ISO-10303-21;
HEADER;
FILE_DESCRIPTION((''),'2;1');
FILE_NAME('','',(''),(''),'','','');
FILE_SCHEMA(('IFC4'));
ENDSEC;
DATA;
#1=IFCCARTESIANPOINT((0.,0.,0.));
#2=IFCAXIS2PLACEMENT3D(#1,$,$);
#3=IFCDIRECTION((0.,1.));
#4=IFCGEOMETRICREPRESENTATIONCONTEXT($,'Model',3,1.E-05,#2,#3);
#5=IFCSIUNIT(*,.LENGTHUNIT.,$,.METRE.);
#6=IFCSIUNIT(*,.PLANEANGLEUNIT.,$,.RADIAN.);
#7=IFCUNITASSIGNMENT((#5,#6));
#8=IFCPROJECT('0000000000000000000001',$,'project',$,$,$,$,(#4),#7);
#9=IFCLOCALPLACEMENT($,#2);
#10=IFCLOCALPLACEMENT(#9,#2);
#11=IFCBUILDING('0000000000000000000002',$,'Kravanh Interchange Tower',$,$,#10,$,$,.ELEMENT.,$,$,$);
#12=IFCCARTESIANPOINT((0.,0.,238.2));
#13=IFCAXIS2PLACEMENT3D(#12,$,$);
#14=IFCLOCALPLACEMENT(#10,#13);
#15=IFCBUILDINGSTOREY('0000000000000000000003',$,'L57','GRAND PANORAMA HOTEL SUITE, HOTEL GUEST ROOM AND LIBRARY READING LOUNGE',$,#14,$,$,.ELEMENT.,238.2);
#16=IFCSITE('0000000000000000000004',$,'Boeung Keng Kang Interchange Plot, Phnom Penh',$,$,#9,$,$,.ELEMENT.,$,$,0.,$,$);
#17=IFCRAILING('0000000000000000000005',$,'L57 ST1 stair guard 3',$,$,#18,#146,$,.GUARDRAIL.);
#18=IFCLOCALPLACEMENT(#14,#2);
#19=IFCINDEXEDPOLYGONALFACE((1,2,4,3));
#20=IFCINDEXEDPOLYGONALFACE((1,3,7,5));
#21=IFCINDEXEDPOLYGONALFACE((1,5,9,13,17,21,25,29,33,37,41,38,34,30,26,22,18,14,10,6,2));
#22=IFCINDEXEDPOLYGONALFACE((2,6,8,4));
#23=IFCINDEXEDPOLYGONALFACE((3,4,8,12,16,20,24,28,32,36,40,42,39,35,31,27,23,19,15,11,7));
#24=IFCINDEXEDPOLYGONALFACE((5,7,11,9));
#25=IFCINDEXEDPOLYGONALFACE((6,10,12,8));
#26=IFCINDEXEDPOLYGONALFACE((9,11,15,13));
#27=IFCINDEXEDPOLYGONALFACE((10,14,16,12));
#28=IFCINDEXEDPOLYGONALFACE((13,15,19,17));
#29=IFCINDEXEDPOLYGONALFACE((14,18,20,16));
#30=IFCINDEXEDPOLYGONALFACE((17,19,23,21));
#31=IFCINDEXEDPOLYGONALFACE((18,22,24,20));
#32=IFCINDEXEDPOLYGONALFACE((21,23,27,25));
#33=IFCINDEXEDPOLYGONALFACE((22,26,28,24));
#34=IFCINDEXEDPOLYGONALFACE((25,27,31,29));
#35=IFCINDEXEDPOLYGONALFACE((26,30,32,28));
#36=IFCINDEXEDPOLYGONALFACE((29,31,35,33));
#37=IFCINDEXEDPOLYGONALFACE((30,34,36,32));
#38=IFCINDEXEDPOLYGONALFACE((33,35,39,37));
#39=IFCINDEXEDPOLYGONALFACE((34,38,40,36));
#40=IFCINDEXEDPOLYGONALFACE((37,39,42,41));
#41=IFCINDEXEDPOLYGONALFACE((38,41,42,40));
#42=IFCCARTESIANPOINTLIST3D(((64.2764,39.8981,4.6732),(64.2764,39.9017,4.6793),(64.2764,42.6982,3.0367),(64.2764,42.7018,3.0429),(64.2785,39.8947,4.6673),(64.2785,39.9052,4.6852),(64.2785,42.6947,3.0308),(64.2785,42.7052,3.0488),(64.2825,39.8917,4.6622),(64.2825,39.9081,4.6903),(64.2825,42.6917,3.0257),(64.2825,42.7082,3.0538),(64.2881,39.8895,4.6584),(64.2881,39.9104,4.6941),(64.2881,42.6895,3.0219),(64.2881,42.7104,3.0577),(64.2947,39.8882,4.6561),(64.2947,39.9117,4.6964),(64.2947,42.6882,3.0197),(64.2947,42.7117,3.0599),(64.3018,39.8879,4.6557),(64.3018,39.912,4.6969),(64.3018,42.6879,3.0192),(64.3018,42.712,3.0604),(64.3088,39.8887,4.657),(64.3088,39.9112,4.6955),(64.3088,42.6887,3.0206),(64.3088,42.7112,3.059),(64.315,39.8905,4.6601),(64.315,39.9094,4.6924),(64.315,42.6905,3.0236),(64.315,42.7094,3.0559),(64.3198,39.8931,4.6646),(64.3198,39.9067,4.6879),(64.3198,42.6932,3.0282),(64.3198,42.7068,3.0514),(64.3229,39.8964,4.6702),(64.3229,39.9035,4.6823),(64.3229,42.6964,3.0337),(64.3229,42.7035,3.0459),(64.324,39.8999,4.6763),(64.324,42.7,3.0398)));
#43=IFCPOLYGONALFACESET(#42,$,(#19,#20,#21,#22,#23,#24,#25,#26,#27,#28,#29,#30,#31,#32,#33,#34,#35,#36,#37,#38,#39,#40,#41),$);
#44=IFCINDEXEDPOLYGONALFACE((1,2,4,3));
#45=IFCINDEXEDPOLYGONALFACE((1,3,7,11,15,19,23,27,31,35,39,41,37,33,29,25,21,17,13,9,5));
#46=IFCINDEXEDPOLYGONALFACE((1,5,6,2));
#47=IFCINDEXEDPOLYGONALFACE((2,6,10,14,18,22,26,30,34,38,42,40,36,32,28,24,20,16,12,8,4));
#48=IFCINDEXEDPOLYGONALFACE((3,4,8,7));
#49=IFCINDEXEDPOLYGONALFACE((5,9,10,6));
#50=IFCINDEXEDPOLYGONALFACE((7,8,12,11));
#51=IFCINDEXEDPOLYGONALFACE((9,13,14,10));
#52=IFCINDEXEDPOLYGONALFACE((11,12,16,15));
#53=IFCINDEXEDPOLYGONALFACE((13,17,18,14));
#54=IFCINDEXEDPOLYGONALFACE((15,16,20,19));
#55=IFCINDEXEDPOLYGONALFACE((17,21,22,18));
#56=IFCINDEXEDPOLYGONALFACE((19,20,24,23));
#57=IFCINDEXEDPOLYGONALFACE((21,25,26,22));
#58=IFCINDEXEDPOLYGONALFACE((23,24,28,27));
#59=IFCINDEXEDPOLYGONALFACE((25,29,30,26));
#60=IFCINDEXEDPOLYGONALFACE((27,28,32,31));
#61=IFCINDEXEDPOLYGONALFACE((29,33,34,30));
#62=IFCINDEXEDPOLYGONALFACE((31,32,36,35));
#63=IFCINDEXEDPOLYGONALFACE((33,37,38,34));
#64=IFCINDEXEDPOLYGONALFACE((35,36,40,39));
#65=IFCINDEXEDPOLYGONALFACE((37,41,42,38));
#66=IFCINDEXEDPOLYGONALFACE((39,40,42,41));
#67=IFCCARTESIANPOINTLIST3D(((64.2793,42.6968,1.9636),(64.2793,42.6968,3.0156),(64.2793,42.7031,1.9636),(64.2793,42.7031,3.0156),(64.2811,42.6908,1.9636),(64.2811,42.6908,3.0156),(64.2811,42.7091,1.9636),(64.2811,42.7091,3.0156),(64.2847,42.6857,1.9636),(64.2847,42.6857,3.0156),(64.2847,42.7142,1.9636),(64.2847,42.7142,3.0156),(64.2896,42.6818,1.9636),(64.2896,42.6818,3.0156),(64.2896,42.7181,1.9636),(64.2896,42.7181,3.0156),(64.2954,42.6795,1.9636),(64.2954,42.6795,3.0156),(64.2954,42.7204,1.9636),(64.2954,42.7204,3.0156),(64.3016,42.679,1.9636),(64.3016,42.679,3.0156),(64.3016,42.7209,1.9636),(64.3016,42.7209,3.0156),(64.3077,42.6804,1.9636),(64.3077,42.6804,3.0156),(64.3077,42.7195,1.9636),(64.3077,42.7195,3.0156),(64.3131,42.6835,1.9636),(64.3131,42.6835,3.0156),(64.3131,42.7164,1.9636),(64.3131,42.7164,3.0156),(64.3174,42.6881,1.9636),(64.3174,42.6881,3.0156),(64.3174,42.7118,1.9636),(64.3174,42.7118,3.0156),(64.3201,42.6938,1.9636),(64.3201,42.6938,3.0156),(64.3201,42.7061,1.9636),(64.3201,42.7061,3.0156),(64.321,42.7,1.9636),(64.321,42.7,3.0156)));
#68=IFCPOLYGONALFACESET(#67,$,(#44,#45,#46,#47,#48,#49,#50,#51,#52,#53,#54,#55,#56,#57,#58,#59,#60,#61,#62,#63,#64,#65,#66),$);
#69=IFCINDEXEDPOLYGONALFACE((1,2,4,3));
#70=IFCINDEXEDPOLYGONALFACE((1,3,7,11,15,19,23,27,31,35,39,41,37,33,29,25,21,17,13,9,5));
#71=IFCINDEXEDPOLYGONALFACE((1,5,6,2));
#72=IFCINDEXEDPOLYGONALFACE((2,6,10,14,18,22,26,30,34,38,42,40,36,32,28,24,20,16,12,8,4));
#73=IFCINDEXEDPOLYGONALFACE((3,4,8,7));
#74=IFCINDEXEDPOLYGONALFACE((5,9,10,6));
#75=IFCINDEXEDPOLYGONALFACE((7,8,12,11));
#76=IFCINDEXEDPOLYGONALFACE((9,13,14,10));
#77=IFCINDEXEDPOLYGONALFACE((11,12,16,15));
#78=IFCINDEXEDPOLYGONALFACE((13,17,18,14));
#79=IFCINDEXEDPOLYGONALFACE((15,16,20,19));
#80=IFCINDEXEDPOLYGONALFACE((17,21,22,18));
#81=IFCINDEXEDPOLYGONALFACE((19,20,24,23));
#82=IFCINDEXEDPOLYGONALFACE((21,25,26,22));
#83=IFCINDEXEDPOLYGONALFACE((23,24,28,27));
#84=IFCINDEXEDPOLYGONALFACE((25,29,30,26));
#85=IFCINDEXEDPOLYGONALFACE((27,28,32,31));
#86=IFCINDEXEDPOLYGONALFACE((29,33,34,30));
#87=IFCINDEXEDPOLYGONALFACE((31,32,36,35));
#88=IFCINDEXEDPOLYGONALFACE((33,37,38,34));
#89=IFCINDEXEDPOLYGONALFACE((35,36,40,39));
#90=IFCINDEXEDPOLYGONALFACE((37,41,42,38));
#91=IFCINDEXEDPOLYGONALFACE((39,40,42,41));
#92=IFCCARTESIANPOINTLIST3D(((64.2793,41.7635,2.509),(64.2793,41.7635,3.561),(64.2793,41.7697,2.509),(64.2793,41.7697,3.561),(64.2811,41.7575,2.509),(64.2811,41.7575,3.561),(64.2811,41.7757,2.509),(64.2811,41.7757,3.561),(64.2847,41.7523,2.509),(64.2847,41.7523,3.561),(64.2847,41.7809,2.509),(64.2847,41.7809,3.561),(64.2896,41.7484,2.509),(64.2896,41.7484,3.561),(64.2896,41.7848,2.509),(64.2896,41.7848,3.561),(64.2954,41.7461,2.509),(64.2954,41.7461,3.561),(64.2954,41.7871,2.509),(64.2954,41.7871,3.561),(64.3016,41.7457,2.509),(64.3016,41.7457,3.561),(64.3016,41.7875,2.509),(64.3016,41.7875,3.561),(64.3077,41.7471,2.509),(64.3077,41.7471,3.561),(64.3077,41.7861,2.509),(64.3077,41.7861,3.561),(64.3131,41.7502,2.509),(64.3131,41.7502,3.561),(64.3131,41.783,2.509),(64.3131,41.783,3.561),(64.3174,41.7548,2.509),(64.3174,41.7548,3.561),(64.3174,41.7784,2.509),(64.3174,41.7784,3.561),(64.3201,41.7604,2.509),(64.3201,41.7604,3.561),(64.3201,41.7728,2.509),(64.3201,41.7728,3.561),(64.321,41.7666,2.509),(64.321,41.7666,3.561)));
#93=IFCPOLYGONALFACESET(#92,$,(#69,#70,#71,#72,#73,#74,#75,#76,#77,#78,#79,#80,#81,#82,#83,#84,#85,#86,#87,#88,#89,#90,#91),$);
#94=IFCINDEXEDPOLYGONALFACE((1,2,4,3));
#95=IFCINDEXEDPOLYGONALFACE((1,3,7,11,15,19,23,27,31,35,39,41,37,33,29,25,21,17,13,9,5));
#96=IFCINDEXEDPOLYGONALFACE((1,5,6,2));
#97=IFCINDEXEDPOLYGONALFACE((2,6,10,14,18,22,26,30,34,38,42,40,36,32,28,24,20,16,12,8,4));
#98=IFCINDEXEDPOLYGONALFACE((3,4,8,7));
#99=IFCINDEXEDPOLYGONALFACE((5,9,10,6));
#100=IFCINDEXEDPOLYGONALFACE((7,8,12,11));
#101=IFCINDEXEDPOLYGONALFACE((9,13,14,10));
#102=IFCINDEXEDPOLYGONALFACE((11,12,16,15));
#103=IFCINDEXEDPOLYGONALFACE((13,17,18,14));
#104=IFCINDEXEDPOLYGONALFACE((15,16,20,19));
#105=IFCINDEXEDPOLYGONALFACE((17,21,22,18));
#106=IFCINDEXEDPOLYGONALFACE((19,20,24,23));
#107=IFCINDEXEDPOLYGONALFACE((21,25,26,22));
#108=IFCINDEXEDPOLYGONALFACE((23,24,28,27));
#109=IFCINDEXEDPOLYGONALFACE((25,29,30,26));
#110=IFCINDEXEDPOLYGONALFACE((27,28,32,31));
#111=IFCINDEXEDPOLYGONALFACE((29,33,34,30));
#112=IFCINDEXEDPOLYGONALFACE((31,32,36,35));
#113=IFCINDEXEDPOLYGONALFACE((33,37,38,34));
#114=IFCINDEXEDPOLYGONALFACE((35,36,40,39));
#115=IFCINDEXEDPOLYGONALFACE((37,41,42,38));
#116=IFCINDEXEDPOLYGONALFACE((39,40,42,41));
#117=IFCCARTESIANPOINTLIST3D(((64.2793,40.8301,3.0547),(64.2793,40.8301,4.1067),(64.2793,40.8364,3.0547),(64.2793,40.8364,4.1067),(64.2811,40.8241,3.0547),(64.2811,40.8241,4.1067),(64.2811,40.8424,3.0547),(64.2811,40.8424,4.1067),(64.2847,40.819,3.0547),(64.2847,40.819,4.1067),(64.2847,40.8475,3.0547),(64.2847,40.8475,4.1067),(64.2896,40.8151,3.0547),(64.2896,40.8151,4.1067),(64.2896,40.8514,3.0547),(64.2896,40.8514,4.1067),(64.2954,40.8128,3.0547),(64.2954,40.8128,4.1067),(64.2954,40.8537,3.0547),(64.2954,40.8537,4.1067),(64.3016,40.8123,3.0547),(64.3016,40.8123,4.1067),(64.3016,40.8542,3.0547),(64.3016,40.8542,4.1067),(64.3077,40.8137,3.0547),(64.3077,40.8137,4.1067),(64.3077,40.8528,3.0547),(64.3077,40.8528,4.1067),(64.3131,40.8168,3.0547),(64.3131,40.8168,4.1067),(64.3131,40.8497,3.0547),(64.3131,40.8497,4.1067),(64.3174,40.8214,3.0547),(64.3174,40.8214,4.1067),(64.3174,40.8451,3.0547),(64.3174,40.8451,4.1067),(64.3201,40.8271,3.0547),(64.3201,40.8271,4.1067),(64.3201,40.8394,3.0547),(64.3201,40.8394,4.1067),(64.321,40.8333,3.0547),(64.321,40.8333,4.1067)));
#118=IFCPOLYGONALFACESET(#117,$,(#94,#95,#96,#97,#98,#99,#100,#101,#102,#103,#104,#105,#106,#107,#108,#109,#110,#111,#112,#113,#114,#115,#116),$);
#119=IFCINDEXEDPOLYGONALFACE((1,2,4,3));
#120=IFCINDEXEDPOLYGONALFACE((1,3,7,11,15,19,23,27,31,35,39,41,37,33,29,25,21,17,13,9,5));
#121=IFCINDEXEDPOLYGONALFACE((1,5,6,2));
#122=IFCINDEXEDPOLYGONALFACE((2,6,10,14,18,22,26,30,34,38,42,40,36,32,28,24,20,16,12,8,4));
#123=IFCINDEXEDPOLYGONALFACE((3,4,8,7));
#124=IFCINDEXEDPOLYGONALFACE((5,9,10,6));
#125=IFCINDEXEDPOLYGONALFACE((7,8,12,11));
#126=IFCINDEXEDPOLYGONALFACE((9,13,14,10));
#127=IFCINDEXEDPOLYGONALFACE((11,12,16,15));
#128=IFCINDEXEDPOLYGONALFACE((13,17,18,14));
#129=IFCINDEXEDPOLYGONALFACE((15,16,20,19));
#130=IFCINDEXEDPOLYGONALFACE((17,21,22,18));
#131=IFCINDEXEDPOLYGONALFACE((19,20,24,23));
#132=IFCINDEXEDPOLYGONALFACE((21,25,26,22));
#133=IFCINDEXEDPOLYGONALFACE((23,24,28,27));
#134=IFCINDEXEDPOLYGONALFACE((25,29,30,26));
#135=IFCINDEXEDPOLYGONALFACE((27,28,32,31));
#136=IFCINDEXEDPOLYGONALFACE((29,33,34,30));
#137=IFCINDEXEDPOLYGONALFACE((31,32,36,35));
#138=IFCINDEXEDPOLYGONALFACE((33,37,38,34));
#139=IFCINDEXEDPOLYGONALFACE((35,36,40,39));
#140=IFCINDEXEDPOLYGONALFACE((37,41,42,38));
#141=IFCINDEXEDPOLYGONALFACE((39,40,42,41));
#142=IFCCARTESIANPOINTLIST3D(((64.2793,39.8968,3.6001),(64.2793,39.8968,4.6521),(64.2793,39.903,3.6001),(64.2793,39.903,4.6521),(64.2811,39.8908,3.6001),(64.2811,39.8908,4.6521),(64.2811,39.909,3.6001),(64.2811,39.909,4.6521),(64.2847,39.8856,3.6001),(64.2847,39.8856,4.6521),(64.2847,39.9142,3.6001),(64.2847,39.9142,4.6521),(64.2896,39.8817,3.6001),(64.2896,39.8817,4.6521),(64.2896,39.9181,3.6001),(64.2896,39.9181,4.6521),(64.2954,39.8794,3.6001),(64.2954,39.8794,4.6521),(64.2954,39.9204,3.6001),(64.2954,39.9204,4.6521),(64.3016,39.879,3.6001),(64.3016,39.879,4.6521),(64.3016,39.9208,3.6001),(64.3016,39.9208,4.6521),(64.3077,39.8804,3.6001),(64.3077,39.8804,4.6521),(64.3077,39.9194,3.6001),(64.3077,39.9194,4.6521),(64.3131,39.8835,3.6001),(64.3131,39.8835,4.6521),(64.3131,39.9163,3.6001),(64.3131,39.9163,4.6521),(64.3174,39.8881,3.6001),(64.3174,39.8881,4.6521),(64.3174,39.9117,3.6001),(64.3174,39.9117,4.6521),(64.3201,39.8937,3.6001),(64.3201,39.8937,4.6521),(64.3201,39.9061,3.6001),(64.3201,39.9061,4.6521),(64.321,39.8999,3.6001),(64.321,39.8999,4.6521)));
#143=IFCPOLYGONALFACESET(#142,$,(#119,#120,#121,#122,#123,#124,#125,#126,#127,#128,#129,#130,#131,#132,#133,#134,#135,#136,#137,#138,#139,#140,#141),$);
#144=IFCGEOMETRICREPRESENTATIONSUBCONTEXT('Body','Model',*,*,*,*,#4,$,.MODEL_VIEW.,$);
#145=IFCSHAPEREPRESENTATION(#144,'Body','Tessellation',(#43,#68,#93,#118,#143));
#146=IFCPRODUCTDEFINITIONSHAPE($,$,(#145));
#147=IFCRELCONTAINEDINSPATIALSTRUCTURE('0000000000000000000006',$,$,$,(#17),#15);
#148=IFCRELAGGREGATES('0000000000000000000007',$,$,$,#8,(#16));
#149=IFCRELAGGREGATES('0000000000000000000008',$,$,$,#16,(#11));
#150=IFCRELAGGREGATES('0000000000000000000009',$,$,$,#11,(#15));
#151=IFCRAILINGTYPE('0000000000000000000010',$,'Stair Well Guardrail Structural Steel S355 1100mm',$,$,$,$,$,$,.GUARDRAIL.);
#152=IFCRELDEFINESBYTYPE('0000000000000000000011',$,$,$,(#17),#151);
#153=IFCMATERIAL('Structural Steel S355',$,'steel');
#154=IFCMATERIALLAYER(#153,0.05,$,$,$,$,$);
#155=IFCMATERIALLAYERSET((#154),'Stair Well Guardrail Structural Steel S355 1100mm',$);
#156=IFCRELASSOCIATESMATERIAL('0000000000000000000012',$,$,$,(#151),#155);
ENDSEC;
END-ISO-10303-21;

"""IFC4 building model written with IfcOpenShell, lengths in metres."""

from ifc_helpers import new_model, si_unit, direction, frame, origin, origin_2d, place, context, subcontext, project, spatial, circle, extrude, material, layer, layer_set, type_object, element, save


model = new_model("IFC4")

# Units and contexts
model_context = context("Model", 3, precision=1e-05, world=origin(), true_north=direction((0.0, 1.0)))
body_context = subcontext(model_context, "Body", "Model", "MODEL_VIEW")
ifc_project = project(units=[si_unit("LENGTHUNIT", "METRE"), si_unit("PLANEANGLEUNIT", "RADIAN")], contexts=[model_context])

# Site, building, storey
site_placement = place(None, origin())
site = spatial("IfcSite", under=ifc_project, at=site_placement, Name="Boeung Keng Kang Interchange Plot, Phnom Penh", CompositionType="ELEMENT", RefElevation=0.0)
building_placement = place(site_placement, origin())
building = spatial("IfcBuilding", under=site, at=building_placement, Name="Kravanh Interchange Tower", CompositionType="ELEMENT")
storey_placement = place(building_placement, frame((0.0, 0.0, 238.2)))
storey = spatial("IfcBuildingStorey", under=building, at=storey_placement, Name="L57", Description="GRAND PANORAMA HOTEL SUITE, HOTEL GUEST ROOM AND LIBRARY READING LOUNGE", CompositionType="ELEMENT", Elevation=238.2)

# Railing
ifc_material_1 = material(Name="Structural Steel S355", Category="steel")
ifc_layer_1 = layer(ifc_material_1, 0.05)
ifc_layer_set_1 = layer_set([ifc_layer_1], Name="Stair Well Guardrail Structural Steel S355 1100mm")
railing_type_1 = type_object("IfcRailingType", Name="Stair Well Guardrail Structural Steel S355 1100mm", PredefinedType="GUARDRAIL", material=ifc_layer_set_1)
railing_1_placement = place(storey_placement, frame((64.3, 42.7, 1.9636)))
element("IfcRailing", 1, at=railing_1_placement, inside=storey, type_object=railing_type_1, Name="L57 ST1 stair guard 3", PredefinedType="GUARDRAIL", context=body_context, shape_type="SweptSolid", body=[
    extrude(circle(Radius=0.0239, at=origin_2d()), frame((0.0, 0.0, 1.0762), z_axis=(0.0, -0.863361, 0.504587), x_axis=(1.0, 0.0, 0.0)), (0.0, 0.0, 1.0), 3.2432),
    extrude(circle(Radius=0.021, at=origin_2d()), origin(), (0.0, 0.0, 1.0), 1.052),
    extrude(circle(Radius=0.021, at=origin_2d()), frame((0.0, -0.9333, 0.5454)), (0.0, 0.0, 1.0), 1.052),
    extrude(circle(Radius=0.021, at=origin_2d()), frame((0.0, -1.8667, 1.0911)), (0.0, 0.0, 1.0), 1.052),
    extrude(circle(Radius=0.021, at=origin_2d()), frame((0.0, -2.8, 1.6365)), (0.0, 0.0, 1.0), 1.052),
])

save(model, "model.ifc")
